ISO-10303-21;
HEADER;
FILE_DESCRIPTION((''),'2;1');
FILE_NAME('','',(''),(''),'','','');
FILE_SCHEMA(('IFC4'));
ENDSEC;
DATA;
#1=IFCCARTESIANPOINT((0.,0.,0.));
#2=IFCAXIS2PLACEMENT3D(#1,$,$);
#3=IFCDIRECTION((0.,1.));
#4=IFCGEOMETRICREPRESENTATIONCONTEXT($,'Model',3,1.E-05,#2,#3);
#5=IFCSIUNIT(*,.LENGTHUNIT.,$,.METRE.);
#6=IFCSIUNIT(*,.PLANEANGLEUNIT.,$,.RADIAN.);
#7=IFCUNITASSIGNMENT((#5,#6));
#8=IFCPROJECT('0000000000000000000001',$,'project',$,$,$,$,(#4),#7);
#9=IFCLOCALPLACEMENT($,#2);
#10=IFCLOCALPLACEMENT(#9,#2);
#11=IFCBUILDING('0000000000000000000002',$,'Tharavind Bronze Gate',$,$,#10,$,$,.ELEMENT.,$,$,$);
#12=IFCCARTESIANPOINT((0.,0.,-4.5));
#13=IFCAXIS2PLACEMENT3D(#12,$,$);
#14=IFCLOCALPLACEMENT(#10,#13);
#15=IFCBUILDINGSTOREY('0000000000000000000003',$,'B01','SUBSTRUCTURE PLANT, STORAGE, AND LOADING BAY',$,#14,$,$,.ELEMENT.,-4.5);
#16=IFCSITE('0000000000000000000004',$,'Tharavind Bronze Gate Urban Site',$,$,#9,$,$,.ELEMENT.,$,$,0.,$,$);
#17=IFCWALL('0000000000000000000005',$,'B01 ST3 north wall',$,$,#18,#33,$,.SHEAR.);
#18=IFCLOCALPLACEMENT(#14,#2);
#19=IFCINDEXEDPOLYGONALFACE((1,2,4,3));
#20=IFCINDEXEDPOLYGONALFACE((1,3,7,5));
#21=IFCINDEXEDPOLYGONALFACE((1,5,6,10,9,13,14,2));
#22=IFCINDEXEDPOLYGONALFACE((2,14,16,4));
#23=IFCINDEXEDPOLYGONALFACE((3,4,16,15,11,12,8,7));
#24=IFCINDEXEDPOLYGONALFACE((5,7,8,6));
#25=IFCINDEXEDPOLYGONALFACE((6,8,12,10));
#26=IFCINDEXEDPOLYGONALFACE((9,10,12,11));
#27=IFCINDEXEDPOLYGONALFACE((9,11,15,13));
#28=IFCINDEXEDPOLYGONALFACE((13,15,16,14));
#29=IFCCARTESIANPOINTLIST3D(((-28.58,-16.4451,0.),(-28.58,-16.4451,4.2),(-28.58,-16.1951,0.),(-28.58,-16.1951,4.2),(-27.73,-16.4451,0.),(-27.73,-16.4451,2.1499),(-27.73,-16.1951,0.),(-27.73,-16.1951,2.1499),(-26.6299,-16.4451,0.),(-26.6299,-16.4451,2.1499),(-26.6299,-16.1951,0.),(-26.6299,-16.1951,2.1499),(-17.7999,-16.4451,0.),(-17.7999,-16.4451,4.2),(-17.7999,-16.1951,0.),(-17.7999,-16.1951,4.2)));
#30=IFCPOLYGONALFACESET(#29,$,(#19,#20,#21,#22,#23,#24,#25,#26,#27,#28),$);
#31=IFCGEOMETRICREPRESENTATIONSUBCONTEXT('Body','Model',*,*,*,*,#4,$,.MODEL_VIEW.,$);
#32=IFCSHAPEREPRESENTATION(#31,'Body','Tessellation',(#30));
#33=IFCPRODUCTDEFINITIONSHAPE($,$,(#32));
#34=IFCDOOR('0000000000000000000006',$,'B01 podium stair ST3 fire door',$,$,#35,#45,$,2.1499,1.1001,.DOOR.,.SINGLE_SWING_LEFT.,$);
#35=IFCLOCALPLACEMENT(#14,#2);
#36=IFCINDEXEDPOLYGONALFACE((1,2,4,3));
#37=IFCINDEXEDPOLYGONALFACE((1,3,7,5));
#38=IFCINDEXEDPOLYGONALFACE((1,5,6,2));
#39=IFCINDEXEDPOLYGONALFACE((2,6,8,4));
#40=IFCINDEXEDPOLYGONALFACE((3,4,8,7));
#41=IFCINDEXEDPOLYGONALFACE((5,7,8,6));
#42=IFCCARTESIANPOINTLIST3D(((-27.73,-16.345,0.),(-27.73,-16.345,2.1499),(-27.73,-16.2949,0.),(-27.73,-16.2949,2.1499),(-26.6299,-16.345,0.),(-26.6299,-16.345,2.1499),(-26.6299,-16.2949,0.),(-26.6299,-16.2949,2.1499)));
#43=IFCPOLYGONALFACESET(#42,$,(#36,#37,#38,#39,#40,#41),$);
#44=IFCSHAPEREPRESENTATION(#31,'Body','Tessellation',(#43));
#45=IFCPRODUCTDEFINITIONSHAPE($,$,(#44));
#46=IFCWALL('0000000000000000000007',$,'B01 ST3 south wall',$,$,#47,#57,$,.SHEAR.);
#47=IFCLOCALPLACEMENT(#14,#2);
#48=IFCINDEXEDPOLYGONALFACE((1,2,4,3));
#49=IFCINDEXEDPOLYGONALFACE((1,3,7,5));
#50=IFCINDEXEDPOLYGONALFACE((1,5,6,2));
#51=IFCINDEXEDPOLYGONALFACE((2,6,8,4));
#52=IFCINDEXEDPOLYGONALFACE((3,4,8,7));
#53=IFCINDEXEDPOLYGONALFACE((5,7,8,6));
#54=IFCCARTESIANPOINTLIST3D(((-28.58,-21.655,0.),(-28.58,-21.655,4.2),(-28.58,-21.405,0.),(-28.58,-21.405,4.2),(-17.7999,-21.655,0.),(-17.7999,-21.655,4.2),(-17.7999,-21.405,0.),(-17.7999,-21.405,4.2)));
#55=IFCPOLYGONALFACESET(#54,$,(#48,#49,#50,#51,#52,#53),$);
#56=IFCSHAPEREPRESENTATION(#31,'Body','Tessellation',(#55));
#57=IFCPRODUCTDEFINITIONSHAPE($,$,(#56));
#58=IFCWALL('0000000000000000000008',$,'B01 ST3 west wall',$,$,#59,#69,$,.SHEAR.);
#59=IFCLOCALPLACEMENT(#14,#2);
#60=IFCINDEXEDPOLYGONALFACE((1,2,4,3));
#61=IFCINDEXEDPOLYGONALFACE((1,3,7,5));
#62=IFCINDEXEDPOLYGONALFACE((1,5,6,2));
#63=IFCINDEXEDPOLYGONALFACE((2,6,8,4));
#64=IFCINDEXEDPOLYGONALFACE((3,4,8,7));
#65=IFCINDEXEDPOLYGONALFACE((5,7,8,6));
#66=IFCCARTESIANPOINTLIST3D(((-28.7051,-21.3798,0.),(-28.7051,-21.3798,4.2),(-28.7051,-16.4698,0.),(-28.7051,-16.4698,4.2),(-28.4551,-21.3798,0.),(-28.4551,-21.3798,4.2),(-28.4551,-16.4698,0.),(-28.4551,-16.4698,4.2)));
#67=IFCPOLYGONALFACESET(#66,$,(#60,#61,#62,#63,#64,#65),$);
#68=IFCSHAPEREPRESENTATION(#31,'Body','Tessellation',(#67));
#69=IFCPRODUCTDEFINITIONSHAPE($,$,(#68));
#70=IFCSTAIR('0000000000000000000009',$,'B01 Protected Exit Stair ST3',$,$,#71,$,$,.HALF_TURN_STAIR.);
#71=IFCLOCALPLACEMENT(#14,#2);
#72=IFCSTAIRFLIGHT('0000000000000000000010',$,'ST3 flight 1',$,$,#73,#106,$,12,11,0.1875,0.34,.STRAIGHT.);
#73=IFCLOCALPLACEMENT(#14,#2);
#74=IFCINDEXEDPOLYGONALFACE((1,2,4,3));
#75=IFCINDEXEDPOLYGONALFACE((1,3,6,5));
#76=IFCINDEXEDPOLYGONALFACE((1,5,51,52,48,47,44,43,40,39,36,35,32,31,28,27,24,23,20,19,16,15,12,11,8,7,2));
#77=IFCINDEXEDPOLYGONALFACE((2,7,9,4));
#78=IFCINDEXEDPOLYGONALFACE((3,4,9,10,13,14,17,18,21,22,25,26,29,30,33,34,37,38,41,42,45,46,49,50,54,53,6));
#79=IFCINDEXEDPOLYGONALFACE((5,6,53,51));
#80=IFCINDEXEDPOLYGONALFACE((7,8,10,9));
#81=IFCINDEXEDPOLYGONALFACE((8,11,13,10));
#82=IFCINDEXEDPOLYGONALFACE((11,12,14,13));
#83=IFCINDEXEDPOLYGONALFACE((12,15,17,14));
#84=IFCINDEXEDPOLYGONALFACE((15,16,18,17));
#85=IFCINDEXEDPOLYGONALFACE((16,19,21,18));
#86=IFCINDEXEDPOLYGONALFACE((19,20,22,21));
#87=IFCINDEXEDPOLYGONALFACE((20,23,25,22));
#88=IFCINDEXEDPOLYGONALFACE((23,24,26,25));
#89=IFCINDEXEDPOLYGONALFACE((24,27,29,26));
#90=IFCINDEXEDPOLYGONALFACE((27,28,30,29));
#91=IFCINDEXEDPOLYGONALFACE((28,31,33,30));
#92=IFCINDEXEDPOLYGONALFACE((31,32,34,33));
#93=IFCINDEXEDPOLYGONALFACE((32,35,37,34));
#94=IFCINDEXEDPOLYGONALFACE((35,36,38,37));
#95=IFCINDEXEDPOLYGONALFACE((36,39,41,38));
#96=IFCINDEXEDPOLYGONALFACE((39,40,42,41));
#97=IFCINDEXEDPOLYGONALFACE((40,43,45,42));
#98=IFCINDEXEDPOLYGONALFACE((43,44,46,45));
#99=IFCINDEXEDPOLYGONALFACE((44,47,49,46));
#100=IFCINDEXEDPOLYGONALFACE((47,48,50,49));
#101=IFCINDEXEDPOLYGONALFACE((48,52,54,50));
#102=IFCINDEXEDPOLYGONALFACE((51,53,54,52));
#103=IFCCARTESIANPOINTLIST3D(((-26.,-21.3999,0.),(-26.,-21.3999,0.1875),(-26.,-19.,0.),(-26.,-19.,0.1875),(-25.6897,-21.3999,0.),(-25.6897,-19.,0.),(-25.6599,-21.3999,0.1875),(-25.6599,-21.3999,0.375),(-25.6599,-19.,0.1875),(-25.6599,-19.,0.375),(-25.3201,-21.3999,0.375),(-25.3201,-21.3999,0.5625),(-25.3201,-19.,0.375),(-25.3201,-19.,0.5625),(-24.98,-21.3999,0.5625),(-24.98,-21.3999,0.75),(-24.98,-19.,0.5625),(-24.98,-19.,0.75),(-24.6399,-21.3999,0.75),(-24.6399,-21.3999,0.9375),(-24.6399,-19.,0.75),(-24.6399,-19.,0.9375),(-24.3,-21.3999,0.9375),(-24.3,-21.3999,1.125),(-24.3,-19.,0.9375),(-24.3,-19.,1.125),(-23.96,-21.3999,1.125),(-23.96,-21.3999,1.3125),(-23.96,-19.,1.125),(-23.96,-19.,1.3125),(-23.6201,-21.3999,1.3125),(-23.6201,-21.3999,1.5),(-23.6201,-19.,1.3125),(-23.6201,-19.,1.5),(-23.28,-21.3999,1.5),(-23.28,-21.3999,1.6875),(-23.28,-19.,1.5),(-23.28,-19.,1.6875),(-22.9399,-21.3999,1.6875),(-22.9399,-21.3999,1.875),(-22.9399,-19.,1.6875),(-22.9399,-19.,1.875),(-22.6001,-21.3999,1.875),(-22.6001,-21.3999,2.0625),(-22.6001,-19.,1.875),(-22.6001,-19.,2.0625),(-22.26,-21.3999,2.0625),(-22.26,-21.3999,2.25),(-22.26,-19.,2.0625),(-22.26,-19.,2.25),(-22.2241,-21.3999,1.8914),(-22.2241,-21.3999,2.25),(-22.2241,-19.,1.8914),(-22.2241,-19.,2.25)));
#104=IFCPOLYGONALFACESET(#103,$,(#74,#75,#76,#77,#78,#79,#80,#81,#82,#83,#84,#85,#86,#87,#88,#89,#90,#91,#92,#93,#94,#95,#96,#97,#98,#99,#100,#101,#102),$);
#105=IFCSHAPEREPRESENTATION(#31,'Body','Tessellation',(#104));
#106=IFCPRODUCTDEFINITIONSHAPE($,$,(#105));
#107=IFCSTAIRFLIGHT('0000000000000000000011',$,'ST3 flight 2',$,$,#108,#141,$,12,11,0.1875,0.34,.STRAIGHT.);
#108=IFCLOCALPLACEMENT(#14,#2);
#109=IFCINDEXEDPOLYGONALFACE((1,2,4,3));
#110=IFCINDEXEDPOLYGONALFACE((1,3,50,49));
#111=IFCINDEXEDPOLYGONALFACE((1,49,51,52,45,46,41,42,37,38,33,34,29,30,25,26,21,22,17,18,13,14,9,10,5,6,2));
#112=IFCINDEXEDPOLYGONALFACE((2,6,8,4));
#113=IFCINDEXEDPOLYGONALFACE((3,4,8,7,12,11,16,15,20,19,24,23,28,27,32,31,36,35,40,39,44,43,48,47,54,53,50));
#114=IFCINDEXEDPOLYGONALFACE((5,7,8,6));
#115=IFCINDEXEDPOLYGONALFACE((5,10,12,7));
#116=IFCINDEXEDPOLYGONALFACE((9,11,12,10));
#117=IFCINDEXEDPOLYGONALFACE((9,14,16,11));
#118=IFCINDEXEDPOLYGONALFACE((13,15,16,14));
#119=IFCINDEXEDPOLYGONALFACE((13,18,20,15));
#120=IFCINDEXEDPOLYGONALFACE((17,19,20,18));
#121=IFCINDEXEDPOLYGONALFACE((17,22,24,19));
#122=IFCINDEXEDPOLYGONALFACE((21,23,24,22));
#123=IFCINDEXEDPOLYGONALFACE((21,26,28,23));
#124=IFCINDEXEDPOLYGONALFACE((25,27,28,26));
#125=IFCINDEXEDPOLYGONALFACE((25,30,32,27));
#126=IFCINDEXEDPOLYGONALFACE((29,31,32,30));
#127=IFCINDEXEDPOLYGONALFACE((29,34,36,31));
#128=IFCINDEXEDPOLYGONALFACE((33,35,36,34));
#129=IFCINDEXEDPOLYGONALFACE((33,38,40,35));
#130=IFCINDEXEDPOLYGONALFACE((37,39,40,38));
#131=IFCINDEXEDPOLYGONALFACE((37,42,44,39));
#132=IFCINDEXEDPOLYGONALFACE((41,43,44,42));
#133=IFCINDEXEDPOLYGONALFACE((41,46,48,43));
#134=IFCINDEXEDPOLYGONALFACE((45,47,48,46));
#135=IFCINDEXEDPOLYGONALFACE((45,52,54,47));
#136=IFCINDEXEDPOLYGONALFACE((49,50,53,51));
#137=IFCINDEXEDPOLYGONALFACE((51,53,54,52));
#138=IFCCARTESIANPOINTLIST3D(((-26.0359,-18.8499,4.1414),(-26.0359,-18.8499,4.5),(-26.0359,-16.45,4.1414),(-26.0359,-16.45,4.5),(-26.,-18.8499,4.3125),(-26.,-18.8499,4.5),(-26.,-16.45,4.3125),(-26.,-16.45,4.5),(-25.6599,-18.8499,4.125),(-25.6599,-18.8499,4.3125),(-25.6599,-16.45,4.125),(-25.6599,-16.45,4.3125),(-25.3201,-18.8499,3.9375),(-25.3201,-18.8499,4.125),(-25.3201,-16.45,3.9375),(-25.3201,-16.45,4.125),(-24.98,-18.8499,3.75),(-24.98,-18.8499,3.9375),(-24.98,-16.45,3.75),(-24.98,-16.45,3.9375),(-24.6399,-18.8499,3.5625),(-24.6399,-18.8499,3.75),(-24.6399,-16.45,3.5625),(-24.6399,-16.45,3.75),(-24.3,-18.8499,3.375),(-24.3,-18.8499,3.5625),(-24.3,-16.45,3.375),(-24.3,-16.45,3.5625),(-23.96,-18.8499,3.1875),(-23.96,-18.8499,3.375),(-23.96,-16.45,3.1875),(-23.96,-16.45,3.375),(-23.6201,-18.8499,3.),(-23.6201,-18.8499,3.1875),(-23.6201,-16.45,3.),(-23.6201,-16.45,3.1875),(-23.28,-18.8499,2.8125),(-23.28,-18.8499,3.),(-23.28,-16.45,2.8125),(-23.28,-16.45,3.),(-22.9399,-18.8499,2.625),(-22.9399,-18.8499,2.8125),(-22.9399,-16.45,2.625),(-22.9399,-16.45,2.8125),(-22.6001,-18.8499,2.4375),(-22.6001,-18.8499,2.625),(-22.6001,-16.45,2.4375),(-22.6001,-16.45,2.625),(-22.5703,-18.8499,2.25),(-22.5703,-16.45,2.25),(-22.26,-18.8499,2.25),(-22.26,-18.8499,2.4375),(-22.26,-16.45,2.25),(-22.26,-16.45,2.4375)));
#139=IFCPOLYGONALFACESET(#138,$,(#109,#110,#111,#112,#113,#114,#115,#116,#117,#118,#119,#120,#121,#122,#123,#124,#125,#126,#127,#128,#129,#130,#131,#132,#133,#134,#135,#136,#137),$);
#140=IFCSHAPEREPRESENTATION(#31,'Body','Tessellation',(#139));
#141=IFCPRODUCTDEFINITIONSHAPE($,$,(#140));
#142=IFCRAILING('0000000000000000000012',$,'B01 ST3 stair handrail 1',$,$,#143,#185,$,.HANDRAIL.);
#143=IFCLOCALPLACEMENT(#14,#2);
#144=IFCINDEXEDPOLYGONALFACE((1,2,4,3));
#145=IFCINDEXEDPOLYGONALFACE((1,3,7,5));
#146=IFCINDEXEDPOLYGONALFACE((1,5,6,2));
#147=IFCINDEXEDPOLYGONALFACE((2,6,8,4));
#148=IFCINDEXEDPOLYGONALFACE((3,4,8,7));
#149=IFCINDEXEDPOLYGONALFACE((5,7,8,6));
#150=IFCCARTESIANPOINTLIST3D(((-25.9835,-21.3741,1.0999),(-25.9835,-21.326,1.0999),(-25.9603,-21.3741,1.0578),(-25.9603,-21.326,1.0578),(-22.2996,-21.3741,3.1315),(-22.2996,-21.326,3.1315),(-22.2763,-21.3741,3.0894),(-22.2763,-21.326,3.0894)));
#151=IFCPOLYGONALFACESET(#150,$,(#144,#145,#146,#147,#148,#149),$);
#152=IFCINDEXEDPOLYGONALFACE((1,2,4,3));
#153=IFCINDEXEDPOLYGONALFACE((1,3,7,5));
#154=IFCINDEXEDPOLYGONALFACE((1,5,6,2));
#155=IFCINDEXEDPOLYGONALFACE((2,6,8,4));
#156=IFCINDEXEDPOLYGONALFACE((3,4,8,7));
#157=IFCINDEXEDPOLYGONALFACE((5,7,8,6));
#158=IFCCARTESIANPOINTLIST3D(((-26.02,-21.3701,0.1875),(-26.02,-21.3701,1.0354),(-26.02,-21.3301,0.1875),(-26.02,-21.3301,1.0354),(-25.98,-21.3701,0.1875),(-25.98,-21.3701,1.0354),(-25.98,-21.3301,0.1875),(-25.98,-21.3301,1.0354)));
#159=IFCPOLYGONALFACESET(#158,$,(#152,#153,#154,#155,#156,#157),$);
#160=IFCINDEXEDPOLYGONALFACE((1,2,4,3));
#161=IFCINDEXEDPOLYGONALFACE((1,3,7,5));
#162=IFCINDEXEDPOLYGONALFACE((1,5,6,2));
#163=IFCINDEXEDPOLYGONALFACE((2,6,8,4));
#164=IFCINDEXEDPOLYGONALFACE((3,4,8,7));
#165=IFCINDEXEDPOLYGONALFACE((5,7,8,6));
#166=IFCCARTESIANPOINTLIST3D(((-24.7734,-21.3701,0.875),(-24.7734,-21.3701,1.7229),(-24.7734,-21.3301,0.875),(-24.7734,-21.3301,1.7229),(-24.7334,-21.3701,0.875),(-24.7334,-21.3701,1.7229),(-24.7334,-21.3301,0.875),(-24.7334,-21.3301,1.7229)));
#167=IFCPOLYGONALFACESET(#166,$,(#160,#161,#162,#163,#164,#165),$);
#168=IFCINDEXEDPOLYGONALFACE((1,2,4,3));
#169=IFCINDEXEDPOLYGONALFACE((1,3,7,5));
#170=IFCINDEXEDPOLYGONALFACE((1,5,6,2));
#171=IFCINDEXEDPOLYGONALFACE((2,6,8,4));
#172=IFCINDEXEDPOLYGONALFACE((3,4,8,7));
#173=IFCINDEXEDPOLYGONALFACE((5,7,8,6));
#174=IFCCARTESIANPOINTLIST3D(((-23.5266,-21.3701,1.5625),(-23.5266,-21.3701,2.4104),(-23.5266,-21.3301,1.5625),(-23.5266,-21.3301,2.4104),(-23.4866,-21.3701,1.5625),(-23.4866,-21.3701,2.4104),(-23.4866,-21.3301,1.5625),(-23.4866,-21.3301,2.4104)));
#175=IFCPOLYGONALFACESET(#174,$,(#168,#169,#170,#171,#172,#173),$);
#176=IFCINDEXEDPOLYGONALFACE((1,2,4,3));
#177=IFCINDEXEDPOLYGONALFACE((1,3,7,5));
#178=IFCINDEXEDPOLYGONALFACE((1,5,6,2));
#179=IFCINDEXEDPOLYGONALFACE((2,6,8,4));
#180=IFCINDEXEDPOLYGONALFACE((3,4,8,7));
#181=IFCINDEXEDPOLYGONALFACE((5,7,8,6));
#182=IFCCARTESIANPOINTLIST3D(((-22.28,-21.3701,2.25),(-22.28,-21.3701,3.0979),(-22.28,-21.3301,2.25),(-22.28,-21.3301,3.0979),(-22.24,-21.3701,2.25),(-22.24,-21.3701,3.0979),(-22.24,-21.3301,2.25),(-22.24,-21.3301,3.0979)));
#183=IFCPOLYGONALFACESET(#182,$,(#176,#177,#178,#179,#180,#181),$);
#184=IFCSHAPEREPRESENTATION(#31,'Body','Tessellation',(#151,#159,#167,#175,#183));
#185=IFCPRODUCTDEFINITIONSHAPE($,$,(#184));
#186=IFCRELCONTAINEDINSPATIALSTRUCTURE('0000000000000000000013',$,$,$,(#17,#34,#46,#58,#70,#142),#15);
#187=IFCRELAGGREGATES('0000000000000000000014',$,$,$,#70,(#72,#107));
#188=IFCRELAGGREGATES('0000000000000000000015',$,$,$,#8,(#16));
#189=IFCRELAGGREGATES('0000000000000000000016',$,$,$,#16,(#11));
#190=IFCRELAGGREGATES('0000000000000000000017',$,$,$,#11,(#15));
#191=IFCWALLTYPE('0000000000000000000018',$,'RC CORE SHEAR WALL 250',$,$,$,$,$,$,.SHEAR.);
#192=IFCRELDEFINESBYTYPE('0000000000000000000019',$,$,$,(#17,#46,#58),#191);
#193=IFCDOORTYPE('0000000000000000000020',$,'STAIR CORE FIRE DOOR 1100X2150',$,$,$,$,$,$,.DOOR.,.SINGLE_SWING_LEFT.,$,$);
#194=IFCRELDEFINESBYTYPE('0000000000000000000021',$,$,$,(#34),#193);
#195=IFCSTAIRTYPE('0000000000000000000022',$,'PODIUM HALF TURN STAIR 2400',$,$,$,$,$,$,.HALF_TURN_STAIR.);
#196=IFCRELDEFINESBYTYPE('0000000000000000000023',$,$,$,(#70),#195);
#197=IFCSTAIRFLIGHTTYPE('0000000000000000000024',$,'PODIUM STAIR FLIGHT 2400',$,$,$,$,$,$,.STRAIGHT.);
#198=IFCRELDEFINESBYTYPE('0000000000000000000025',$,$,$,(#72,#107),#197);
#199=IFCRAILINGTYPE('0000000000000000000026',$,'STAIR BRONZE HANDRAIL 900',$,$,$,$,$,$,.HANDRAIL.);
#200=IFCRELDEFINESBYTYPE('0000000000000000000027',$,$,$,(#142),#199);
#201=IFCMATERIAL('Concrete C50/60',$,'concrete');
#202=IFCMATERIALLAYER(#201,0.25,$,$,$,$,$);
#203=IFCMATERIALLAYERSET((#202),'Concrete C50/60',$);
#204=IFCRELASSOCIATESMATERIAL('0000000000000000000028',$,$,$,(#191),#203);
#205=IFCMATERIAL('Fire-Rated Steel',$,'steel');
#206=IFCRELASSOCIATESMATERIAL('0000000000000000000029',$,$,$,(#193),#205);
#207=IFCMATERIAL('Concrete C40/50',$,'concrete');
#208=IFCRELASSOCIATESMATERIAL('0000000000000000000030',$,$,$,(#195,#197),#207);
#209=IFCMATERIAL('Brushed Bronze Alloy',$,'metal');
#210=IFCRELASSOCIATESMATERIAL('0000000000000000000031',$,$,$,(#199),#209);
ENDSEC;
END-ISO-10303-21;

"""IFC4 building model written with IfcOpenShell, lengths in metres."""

from ifc_helpers import new_model, si_unit, direction, frame, frame_2d, origin, origin_2d, place, context, subcontext, project, spatial, polyline, rectangle, outline, extrude, material, layer, layer_set, type_object, element, fill, aggregate, save


model = new_model("IFC4")

# Units and contexts
model_context = context("Model", 3, precision=1e-05, world=origin(), true_north=direction((0.0, 1.0)))
body_context = subcontext(model_context, "Body", "Model", "MODEL_VIEW")
ifc_project = project(units=[si_unit("LENGTHUNIT", "METRE"), si_unit("PLANEANGLEUNIT", "RADIAN")], contexts=[model_context])

# Site, building, storey
site_placement = place(None, origin())
site = spatial("IfcSite", under=ifc_project, at=site_placement, Name="Tharavind Bronze Gate Urban Site", CompositionType="ELEMENT", RefElevation=0.0)
building_placement = place(site_placement, origin())
building = spatial("IfcBuilding", under=site, at=building_placement, Name="Tharavind Bronze Gate", CompositionType="ELEMENT")
storey_placement = place(building_placement, frame((0.0, 0.0, -4.5)))
storey = spatial("IfcBuildingStorey", under=building, at=storey_placement, Name="B01", Description="SUBSTRUCTURE PLANT, STORAGE, AND LOADING BAY", CompositionType="ELEMENT", Elevation=-4.5)

# Shared definitions
ifc_material_1 = material(Name="Concrete C50/60", Category="concrete")

# Wall, opening, door
ifc_layer_1 = layer(ifc_material_1, 0.25)
ifc_layer_set_1 = layer_set([ifc_layer_1], Name="Concrete C50/60")
wall_type_1 = type_object("IfcWallType", Name="RC CORE SHEAR WALL 250", PredefinedType="SHEAR", material=ifc_layer_set_1)
wall_1_placement = place(storey_placement, frame((-28.5801, -16.3201, 0.0), z_axis=(0.0, 0.0, 1.0), x_axis=(1.0, 0.0, 0.0)))
wall_1 = element("IfcWall", 1, at=wall_1_placement, inside=storey, type_object=wall_type_1, Name="B01 ST3 north wall", PredefinedType="SHEAR", context=body_context, shape_type="SweptSolid", body=[
    extrude(rectangle(XDim=10.78, YDim=0.25, at=frame_2d((5.3901, 0.0))), origin(), (0.0, 0.0, 1.0), 4.2),
])
opening_placement = place(wall_1_placement, frame((0.8501, 0.0, 0.0)))
opening = element("IfcOpeningElement", 2, at=opening_placement, cuts=wall_1, PredefinedType="OPENING", context=body_context, shape_type="SweptSolid", body=[
    extrude(rectangle(XDim=1.1001, YDim=2.1499, at=frame_2d((0.55, 1.075))), frame((0.0, 0.135, 0.0), z_axis=(0.0, -1.0, 0.0), x_axis=(1.0, 0.0, 0.0)), (0.0, 0.0, 1.0), 0.27),
])
ifc_material_2 = material(Name="Fire-Rated Steel", Category="steel")
door_type = type_object("IfcDoorType", Name="STAIR CORE FIRE DOOR 1100X2150", OperationType="SINGLE_SWING_LEFT", PredefinedType="DOOR", material=ifc_material_2)
door_placement = place(opening_placement, frame((1.1001, 0.0, 0.0), z_axis=(0.0, 0.0, 1.0), x_axis=(-1.0, 0.0, 0.0)))
door = element("IfcDoor", 3, at=door_placement, inside=storey, type_object=door_type, Name="B01 podium stair ST3 fire door", OperationType="SINGLE_SWING_LEFT", OverallHeight=2.1499, OverallWidth=1.1001, PredefinedType="DOOR", context=body_context, shape_type="SweptSolid", body=[
    extrude(rectangle(XDim=1.1001, YDim=2.1499, at=frame_2d((0.55, 1.075))), frame((0.0, 0.0249, 0.0), z_axis=(0.0, -1.0, 0.0), x_axis=(1.0, 0.0, 0.0)), (0.0, 0.0, 1.0), 0.05),
])
fill(opening, door)

# Walls
wall_2_placement = place(storey_placement, frame((-28.5801, -21.53, 0.0), z_axis=(0.0, 0.0, 1.0), x_axis=(1.0, 0.0, 0.0)))
element("IfcWall", 4, at=wall_2_placement, inside=storey, type_object=wall_type_1, Name="B01 ST3 south wall", PredefinedType="SHEAR", context=body_context, shape_type="SweptSolid", body=[
    extrude(rectangle(XDim=10.78, YDim=0.25, at=frame_2d((5.3901, 0.0))), origin(), (0.0, 0.0, 1.0), 4.2),
])
wall_3_placement = place(storey_placement, frame((-28.5801, -21.3799, 0.0), z_axis=(0.0, 0.0, 1.0), x_axis=(0.0, 1.0, 0.0)))
element("IfcWall", 5, at=wall_3_placement, inside=storey, type_object=wall_type_1, Name="B01 ST3 west wall", PredefinedType="SHEAR", context=body_context, shape_type="SweptSolid", body=[
    extrude(rectangle(XDim=4.9099, YDim=0.25, at=frame_2d((2.4551, 0.0))), origin(), (0.0, 0.0, 1.0), 4.2),
])

# Stair, stair flights
ifc_material_3 = material(Name="Concrete C40/50", Category="concrete")
stair_type = type_object("IfcStairType", Name="PODIUM HALF TURN STAIR 2400", PredefinedType="HALF_TURN_STAIR", material=ifc_material_3)
stair_placement = place(storey_placement, origin())
stair = element("IfcStair", 6, at=stair_placement, inside=storey, type_object=stair_type, Name="B01 Protected Exit Stair ST3", PredefinedType="HALF_TURN_STAIR")
stair_flight_type = type_object("IfcStairFlightType", Name="PODIUM STAIR FLIGHT 2400", PredefinedType="STRAIGHT", material=ifc_material_3)
stair_flight_1_placement = place(storey_placement, frame((-26.0, -20.2, 0.0), z_axis=(0.0, 0.0, 1.0), x_axis=(1.0, 0.0, 0.0)))
stair_flight_1 = element("IfcStairFlight", 7, at=stair_flight_1_placement, type_object=stair_flight_type, Name="ST3 flight 1", NumberOfRisers=12, NumberOfTreads=11, PredefinedType="STRAIGHT", RiserHeight=0.1875, TreadLength=0.34, context=body_context, shape_type="SweptSolid", body=[
    extrude(outline(polyline([(0.0, 0.0), (0.0, 0.1875), (0.3401, 0.1875), (0.3401, 0.375), (0.6799, 0.375), (0.6799, 0.5625), (1.02, 0.5625), (1.02, 0.75), (1.3601, 0.75), (1.3601, 0.9375), (1.7, 0.9375), (1.7, 1.125), (2.04, 1.125), (2.04, 1.3125), (2.3799, 1.3125), (2.3799, 1.5), (2.72, 1.5), (2.72, 1.6875), (3.0601, 1.6875), (3.0601, 1.875), (3.3999, 1.875), (3.3999, 2.0625), (3.74, 2.0625), (3.74, 2.25), (3.7759, 2.25), (3.7759, 1.8914), (0.3103, 0.0), (0.0, 0.0)])), frame((0.0, 1.2, 0.0), z_axis=(0.0, -1.0, 0.0), x_axis=(1.0, 0.0, 0.0)), (0.0, 0.0, 1.0), 2.3999),
])
stair_flight_2_placement = place(storey_placement, frame((-22.26, -17.6499, 2.25), z_axis=(0.0, 0.0, 1.0), x_axis=(-1.0, 0.0, 0.0)))
stair_flight_2 = element("IfcStairFlight", 8, at=stair_flight_2_placement, type_object=stair_flight_type, Name="ST3 flight 2", NumberOfRisers=12, NumberOfTreads=11, PredefinedType="STRAIGHT", RiserHeight=0.1875, TreadLength=0.34, context=body_context, shape_type="SweptSolid", body=[
    extrude(outline(polyline([(0.0, 0.0), (0.0, 0.1875), (0.3401, 0.1875), (0.3401, 0.375), (0.6799, 0.375), (0.6799, 0.5625), (1.02, 0.5625), (1.02, 0.75), (1.3601, 0.75), (1.3601, 0.9375), (1.7, 0.9375), (1.7, 1.125), (2.04, 1.125), (2.04, 1.3125), (2.3799, 1.3125), (2.3799, 1.5), (2.72, 1.5), (2.72, 1.6875), (3.0601, 1.6875), (3.0601, 1.875), (3.3999, 1.875), (3.3999, 2.0625), (3.74, 2.0625), (3.74, 2.25), (3.7759, 2.25), (3.7759, 1.8914), (0.3103, 0.0), (0.0, 0.0)])), frame((0.0, 1.2, 0.0), z_axis=(0.0, -1.0, 0.0), x_axis=(1.0, 0.0, 0.0)), (0.0, 0.0, 1.0), 2.3999),
])
aggregate(stair, [stair_flight_1, stair_flight_2])

# Railing
ifc_material_4 = material(Name="Brushed Bronze Alloy", Category="metal")
railing_type_1 = type_object("IfcRailingType", Name="STAIR BRONZE HANDRAIL 900", PredefinedType="HANDRAIL", material=ifc_material_4)
railing_1_placement = place(storey_placement, frame((-26.0, -21.3501, 0.1875)))
element("IfcRailing", 9, at=railing_1_placement, inside=storey, type_object=railing_type_1, Name="B01 ST3 stair handrail 1", PredefinedType="HANDRAIL", context=body_context, shape_type="SweptSolid", body=[
    extrude(rectangle(XDim=0.0481, YDim=0.0481, at=origin_2d()), frame((0.0281, 0.0, 0.8914), z_axis=(0.875671, 0.0, 0.482908), x_axis=(0.0, 1.0, 0.0)), (0.0, 0.0, 1.0), 4.207),
    extrude(rectangle(XDim=0.04, YDim=0.04, at=origin_2d()), origin(), (0.0, 0.0, 1.0), 0.8479),
    extrude(rectangle(XDim=0.04, YDim=0.04, at=origin_2d()), frame((1.2466, 0.0, 0.6875)), (0.0, 0.0, 1.0), 0.8479),
    extrude(rectangle(XDim=0.04, YDim=0.04, at=origin_2d()), frame((2.4934, 0.0, 1.375)), (0.0, 0.0, 1.0), 0.8479),
    extrude(rectangle(XDim=0.04, YDim=0.04, at=origin_2d()), frame((3.74, 0.0, 2.0625)), (0.0, 0.0, 1.0), 0.8479),
])

save(model, "model.ifc")
